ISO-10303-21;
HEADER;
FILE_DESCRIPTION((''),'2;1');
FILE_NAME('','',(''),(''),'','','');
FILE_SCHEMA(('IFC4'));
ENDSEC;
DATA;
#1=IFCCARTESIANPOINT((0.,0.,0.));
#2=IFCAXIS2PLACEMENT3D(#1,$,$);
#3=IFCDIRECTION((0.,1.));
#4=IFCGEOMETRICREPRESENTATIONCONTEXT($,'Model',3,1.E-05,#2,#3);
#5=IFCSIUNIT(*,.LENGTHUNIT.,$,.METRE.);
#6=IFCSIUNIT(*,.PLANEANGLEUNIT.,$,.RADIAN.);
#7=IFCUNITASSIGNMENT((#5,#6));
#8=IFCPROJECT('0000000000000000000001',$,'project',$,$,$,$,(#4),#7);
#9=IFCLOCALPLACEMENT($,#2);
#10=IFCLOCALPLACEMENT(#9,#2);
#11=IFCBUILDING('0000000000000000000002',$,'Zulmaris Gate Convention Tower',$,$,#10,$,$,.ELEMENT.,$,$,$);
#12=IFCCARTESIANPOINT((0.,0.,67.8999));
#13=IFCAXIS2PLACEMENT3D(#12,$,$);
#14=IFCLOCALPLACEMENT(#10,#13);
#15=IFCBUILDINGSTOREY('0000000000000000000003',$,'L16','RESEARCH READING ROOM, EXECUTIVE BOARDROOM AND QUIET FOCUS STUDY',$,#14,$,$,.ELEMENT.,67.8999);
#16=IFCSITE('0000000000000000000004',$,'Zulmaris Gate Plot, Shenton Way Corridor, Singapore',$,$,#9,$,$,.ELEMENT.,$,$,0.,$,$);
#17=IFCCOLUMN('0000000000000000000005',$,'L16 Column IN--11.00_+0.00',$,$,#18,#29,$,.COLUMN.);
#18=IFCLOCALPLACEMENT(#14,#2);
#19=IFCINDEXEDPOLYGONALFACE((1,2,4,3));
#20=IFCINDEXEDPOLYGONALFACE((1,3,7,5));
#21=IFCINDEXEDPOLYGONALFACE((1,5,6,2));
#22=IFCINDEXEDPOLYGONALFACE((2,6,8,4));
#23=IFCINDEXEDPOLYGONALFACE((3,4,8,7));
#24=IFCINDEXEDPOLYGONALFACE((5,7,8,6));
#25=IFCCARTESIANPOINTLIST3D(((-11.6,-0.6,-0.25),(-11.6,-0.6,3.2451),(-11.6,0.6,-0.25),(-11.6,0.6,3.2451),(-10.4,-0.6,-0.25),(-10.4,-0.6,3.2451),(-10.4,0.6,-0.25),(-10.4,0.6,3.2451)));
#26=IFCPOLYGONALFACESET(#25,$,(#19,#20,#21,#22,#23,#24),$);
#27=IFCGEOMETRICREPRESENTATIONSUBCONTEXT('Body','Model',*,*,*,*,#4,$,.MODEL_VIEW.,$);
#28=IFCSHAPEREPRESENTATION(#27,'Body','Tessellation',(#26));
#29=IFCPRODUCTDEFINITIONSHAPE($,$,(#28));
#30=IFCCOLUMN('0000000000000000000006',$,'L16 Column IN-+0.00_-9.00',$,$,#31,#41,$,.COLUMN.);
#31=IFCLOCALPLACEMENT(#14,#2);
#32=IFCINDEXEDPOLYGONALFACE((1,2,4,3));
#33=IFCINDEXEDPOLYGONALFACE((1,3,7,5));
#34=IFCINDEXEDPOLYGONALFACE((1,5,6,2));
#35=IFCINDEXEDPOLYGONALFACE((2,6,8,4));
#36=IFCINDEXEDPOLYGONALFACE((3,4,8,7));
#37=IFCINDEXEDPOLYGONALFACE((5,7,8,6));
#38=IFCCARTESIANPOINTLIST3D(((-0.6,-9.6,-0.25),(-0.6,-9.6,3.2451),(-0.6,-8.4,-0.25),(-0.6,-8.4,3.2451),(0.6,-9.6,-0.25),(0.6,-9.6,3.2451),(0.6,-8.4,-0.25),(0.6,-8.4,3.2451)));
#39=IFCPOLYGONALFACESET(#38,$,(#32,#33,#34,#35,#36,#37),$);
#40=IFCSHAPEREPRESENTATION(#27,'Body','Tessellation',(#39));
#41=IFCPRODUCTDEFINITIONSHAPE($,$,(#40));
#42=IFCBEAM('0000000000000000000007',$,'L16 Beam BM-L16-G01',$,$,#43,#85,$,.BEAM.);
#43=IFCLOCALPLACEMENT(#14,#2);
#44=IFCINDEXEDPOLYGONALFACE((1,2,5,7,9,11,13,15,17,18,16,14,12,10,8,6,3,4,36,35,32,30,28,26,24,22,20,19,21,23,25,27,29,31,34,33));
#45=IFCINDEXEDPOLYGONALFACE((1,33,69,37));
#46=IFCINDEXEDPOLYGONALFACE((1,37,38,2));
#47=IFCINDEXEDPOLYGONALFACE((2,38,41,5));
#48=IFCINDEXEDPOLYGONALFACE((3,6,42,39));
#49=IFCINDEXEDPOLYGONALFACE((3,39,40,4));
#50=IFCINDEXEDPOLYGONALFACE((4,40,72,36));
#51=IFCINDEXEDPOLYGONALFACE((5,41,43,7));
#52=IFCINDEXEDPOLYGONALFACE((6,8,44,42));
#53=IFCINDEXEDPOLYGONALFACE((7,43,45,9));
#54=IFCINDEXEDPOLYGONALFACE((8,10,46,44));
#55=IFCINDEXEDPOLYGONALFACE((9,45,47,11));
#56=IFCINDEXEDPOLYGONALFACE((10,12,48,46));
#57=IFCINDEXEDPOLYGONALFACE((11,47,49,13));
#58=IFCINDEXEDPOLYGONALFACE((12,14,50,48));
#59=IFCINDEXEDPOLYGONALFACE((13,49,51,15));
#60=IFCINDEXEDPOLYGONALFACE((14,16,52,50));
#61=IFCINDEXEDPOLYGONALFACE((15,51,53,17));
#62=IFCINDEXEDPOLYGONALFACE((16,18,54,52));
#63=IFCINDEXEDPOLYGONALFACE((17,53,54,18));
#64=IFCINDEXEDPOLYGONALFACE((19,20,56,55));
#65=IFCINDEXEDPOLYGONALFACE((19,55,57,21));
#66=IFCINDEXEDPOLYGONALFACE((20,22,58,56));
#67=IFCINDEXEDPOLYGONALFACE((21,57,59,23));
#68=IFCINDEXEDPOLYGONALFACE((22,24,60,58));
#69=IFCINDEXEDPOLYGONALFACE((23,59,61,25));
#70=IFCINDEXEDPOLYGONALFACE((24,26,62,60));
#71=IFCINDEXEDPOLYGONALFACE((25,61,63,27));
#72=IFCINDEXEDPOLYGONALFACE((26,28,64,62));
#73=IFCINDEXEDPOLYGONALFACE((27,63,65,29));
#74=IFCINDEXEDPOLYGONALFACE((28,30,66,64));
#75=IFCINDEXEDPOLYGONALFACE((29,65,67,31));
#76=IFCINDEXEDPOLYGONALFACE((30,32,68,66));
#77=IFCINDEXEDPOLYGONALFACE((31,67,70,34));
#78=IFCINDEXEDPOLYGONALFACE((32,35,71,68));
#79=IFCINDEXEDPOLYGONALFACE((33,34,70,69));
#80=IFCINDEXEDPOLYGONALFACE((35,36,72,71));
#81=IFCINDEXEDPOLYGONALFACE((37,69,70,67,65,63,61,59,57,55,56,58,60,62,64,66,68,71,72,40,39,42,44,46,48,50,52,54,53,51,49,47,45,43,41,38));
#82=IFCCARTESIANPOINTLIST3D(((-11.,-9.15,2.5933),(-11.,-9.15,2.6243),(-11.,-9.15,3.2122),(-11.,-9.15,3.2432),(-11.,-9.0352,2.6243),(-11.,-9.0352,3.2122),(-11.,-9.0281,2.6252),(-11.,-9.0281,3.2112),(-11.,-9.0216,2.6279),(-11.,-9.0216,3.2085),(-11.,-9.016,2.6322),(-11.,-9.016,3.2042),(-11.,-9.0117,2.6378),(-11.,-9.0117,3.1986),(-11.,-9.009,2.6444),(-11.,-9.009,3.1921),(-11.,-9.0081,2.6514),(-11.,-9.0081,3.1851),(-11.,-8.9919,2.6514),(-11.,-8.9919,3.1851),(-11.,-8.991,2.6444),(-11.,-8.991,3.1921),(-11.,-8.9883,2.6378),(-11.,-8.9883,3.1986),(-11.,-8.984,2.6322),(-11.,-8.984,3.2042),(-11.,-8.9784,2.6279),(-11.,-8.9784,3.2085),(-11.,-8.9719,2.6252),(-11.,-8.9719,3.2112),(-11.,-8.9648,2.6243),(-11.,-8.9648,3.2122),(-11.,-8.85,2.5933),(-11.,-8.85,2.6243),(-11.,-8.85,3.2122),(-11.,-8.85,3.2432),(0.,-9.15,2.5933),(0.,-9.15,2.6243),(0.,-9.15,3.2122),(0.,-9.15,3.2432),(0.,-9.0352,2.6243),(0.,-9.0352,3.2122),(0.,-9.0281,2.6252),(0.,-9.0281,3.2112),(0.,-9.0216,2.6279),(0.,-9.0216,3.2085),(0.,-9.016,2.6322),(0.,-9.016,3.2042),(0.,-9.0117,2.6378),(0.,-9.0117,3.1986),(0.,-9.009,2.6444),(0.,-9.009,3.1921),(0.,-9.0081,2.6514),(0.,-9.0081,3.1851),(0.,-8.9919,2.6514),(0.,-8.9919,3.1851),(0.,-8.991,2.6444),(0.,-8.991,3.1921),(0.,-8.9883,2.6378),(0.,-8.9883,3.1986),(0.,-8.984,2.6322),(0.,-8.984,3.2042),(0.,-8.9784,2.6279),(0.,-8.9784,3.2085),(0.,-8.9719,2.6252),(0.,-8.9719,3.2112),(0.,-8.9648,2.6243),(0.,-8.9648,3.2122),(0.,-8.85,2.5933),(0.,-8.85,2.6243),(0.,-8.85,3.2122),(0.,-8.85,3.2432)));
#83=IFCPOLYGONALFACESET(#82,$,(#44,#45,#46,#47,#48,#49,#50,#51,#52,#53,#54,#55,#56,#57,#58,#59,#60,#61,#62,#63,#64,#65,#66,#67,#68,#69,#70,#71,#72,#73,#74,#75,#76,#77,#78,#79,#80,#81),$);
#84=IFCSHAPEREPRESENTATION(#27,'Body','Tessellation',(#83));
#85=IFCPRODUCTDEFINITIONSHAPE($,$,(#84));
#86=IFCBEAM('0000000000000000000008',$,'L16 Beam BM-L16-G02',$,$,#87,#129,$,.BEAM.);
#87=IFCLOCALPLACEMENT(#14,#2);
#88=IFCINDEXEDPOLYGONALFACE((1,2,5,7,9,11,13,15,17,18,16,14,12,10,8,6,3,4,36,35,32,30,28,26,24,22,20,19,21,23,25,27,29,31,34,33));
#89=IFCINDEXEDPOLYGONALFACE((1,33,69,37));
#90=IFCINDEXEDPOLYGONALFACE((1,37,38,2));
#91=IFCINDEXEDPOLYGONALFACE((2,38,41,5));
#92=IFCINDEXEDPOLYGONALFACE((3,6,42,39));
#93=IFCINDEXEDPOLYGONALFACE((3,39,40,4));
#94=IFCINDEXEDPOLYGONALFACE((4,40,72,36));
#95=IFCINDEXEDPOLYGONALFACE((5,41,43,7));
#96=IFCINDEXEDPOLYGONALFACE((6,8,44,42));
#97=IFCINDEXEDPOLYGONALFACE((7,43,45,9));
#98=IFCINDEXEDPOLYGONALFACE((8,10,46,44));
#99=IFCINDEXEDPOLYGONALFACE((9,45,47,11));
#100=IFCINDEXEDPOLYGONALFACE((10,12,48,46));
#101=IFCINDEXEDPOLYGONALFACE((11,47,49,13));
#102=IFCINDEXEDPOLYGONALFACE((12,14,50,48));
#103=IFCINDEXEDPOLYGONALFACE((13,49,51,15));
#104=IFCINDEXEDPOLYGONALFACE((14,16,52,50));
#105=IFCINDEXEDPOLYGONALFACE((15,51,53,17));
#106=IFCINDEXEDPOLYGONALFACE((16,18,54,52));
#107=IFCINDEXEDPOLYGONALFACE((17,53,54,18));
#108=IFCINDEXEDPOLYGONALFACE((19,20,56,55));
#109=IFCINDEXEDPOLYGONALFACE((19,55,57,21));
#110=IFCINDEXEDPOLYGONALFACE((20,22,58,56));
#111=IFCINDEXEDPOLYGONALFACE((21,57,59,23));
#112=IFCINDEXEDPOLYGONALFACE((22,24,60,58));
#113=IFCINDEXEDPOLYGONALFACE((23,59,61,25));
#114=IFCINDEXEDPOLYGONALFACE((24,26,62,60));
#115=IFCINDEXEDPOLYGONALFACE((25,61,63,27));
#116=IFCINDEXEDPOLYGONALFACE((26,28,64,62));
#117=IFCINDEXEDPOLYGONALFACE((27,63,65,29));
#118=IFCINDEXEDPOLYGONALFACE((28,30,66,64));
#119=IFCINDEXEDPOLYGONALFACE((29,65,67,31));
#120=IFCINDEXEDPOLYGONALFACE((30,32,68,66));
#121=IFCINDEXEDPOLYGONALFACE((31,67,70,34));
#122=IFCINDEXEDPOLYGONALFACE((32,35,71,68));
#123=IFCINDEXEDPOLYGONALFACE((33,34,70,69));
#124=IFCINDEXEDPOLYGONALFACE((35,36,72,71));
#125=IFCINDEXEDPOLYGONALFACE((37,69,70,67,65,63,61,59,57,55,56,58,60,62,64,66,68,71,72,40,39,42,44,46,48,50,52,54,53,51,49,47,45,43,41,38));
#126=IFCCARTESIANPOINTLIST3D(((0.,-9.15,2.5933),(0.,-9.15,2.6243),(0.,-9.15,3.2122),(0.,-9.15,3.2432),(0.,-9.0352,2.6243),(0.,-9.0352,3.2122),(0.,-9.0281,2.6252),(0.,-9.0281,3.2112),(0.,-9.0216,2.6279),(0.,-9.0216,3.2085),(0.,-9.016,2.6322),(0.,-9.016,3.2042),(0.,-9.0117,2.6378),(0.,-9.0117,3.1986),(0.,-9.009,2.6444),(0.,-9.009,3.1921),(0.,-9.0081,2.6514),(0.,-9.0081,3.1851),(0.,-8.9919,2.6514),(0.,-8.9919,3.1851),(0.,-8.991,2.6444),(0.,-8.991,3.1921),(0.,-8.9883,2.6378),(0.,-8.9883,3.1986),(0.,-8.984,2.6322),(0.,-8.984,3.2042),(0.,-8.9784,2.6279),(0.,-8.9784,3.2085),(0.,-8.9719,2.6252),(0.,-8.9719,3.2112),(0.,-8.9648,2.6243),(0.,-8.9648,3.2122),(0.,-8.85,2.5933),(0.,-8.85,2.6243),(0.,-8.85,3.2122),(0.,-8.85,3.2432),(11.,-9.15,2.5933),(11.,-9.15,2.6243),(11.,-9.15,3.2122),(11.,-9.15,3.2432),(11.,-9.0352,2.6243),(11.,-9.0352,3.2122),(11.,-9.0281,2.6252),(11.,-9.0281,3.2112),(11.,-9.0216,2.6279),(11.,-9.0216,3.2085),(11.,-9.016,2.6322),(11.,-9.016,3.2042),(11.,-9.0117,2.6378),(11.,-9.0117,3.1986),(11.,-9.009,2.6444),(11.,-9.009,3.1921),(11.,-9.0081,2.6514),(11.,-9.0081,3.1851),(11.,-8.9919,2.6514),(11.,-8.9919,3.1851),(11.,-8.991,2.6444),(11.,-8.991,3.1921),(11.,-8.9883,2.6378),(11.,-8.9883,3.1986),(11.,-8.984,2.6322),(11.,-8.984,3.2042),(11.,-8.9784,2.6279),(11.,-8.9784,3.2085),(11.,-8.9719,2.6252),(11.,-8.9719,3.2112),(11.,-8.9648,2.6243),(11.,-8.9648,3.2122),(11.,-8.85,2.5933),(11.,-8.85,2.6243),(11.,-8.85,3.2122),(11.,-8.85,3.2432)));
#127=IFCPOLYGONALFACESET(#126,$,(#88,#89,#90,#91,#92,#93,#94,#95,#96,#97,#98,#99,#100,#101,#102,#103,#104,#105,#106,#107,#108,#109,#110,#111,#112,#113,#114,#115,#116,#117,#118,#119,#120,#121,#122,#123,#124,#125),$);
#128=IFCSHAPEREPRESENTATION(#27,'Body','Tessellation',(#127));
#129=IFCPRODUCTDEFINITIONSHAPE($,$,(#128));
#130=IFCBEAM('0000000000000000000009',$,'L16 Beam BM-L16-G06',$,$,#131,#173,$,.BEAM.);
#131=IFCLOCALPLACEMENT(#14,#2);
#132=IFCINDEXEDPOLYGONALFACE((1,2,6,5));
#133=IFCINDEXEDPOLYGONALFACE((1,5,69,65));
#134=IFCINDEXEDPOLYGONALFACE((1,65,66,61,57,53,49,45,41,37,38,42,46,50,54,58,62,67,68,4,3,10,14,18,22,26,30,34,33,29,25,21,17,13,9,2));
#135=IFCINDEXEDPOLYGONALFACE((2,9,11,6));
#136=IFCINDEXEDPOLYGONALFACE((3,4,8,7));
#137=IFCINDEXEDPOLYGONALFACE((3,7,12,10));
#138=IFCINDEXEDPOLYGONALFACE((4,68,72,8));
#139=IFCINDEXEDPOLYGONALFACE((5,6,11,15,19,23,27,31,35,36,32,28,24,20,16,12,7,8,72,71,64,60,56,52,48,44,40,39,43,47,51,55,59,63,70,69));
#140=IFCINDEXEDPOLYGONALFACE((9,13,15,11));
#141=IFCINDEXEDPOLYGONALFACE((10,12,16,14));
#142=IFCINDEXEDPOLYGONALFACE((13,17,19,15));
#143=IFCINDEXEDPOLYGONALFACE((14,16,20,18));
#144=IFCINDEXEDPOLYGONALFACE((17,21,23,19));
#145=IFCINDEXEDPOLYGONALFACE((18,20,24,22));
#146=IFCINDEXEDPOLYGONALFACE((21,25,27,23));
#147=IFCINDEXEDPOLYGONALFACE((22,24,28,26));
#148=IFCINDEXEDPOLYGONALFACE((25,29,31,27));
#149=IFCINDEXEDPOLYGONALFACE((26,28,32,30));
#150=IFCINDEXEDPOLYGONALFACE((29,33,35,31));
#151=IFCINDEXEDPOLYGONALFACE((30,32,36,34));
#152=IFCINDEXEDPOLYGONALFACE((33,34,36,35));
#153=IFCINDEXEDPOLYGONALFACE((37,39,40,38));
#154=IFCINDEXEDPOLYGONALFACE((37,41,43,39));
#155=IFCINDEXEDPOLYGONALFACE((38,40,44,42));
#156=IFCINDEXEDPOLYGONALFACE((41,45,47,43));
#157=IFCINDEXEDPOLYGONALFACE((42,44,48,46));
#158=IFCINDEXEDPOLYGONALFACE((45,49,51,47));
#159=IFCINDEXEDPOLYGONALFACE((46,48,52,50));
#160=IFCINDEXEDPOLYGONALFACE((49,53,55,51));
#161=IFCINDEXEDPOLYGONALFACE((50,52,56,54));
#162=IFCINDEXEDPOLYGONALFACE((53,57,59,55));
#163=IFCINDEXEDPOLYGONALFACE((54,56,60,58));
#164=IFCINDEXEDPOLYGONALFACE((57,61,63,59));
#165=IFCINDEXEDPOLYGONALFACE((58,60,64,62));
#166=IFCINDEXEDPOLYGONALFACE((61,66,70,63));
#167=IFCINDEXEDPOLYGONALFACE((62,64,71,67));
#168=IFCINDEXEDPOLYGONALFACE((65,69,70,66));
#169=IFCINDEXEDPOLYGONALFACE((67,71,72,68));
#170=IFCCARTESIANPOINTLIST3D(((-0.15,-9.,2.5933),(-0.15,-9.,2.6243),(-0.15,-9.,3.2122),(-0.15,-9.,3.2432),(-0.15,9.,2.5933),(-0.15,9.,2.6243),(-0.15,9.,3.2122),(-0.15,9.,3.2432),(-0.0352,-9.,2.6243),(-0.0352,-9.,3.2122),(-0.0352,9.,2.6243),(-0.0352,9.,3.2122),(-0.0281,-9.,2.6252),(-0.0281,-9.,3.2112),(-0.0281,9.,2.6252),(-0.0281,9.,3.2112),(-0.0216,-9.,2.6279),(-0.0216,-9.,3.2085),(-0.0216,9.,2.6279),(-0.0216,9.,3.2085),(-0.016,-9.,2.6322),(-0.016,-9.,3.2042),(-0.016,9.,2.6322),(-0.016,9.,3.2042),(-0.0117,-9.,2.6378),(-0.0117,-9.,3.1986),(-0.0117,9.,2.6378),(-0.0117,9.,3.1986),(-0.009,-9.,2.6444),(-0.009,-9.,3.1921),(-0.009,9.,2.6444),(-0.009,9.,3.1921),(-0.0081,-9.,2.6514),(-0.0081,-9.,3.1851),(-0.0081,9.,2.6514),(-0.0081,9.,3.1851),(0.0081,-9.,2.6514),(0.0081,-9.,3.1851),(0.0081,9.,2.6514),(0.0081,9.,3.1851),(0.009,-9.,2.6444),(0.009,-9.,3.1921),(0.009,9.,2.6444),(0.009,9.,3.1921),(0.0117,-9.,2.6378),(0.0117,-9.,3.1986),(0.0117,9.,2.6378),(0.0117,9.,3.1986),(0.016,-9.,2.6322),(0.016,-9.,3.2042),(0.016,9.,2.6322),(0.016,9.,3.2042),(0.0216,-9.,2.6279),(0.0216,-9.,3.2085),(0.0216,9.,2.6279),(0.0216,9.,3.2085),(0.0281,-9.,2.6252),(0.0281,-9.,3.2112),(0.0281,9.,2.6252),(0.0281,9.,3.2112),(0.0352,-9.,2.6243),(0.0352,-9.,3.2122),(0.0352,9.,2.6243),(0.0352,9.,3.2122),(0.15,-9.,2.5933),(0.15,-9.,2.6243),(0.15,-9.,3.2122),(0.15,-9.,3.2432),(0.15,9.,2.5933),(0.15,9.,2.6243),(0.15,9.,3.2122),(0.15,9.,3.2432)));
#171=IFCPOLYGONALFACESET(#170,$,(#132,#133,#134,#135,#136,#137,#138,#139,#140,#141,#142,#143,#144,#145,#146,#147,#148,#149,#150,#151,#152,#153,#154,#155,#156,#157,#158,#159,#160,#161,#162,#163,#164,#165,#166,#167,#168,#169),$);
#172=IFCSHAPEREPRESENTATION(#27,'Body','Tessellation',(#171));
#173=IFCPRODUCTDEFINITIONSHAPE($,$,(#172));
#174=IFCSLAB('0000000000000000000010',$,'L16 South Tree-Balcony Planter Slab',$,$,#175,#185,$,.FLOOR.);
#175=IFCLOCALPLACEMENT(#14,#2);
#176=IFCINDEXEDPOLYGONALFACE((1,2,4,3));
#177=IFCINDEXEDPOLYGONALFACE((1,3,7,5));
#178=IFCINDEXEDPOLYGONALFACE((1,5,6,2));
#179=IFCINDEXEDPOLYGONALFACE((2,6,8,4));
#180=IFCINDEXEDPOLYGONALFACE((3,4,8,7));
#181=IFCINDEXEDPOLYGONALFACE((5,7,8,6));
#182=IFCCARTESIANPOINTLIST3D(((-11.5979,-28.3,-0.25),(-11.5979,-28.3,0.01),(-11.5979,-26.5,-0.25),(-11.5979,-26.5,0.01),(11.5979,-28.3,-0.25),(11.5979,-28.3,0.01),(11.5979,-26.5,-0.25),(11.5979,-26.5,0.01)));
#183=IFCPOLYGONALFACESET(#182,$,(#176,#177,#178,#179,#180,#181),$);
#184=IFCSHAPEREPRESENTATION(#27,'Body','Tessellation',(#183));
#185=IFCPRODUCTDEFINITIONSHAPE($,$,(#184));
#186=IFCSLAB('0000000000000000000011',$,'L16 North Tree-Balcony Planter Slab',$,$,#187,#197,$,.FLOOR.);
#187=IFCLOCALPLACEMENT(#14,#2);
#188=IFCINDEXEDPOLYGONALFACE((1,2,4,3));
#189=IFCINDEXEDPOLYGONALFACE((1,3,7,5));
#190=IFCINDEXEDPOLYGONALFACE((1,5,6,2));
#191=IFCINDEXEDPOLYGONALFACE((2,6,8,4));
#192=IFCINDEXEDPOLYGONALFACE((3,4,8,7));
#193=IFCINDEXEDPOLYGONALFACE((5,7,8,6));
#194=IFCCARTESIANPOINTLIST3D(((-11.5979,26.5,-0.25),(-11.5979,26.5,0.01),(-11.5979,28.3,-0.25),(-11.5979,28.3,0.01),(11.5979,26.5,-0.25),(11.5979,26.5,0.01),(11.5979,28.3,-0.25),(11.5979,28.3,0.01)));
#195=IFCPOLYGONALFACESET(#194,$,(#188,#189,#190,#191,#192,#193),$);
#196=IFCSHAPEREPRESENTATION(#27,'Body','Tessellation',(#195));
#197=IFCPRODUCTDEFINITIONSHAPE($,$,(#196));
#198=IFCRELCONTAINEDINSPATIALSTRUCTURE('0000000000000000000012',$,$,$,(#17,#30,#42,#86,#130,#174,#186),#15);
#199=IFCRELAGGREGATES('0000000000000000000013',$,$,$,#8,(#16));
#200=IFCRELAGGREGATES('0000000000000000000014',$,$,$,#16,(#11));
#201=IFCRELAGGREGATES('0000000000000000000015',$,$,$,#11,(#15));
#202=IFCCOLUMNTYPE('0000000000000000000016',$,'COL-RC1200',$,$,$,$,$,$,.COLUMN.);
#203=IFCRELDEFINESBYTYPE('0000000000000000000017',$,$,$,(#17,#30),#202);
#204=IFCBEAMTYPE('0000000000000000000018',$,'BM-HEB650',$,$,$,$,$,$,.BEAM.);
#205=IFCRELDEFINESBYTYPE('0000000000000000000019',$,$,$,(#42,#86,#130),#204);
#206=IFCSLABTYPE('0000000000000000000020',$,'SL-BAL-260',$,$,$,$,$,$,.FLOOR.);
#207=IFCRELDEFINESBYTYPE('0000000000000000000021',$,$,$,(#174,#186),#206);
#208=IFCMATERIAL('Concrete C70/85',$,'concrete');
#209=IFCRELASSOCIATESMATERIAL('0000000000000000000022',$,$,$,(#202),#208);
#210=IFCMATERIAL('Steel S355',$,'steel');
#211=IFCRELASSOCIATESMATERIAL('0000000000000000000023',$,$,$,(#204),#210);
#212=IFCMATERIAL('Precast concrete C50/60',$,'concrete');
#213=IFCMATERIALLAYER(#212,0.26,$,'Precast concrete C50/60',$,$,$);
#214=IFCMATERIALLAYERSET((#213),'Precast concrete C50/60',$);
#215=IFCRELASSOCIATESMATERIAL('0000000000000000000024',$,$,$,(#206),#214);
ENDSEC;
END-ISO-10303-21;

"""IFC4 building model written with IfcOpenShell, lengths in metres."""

from ifc_helpers import new_model, si_unit, direction, frame, origin, origin_2d, place, context, subcontext, project, spatial, polyline, rectangle, i_section, outline, extrude, material, layer, layer_set, material_profile, profile_set, type_object, element, save


model = new_model("IFC4")

# Units and contexts
model_context = context("Model", 3, precision=1e-05, world=origin(), true_north=direction((0.0, 1.0)))
body_context = subcontext(model_context, "Body", "Model", "MODEL_VIEW")
ifc_project = project(units=[si_unit("LENGTHUNIT", "METRE"), si_unit("PLANEANGLEUNIT", "RADIAN")], contexts=[model_context])

# Site, building, storey
site_placement = place(None, origin())
site = spatial("IfcSite", under=ifc_project, at=site_placement, Name="Zulmaris Gate Plot, Shenton Way Corridor, Singapore", CompositionType="ELEMENT", RefElevation=0.0)
building_placement = place(site_placement, origin())
building = spatial("IfcBuilding", under=site, at=building_placement, Name="Zulmaris Gate Convention Tower", CompositionType="ELEMENT")
storey_placement = place(building_placement, frame((0.0, 0.0, 67.8999)))
storey = spatial("IfcBuildingStorey", under=building, at=storey_placement, Name="L16", Description="RESEARCH READING ROOM, EXECUTIVE BOARDROOM AND QUIET FOCUS STUDY", CompositionType="ELEMENT", Elevation=67.8999)

# Columns
ifc_material_1 = material(Name="Concrete C70/85", Category="concrete")
ifc_material_profile_1 = material_profile(ifc_material_1, rectangle(XDim=1.2, YDim=1.2, at=origin_2d()), Name="RC COL 1200x1200")
ifc_profile_set_1 = profile_set([ifc_material_profile_1], Name="Concrete C70/85")
column_type = type_object("IfcColumnType", Name="COL-RC1200", PredefinedType="COLUMN", material=ifc_profile_set_1)
for number, where, z_axis, x_axis, name in (
    (1, (-11.0, 0.0, -0.25), (0.0, 0.0, 1.0), (1.0, 0.0, 0.0), "L16 Column IN--11.00_+0.00"),
    (2, (0.0, -9.0, -0.25), (0.0, 0.0, 1.0), (1.0, 0.0, 0.0), "L16 Column IN-+0.00_-9.00"),
):
    element("IfcColumn", number, at=place(storey_placement, frame(where, z_axis=z_axis, x_axis=x_axis)), inside=storey, type_object=column_type, Name=name, PredefinedType="COLUMN", context=body_context, shape_type="SweptSolid", body=[
        extrude(rectangle(XDim=1.2, YDim=1.2, at=origin_2d()), origin(), (0.0, 0.0, 1.0), 3.4951),
    ])

# Beams
ifc_material_2 = material(Name="Steel S355", Category="steel")
ifc_material_profile_2 = material_profile(ifc_material_2, i_section(OverallWidth=0.3, OverallDepth=0.6499, WebThickness=0.0161, FlangeThickness=0.031, FilletRadius=0.0271, at=origin_2d()), Name="HEB 650")
ifc_profile_set_2 = profile_set([ifc_material_profile_2], Name="Steel S355")
beam_type = type_object("IfcBeamType", Name="BM-HEB650", PredefinedType="BEAM", material=ifc_profile_set_2)
for number, where, z_axis, x_axis, name in (
    (3, (-11.0, -9.0, 2.9182), (1.0, 0.0, 0.0), (0.0, 1.0, 0.0), "L16 Beam BM-L16-G01"),
    (4, (0.0, -9.0, 2.9182), (1.0, 0.0, 0.0), (0.0, 1.0, 0.0), "L16 Beam BM-L16-G02"),
):
    element("IfcBeam", number, at=place(storey_placement, frame(where, z_axis=z_axis, x_axis=x_axis)), inside=storey, type_object=beam_type, Name=name, PredefinedType="BEAM", context=body_context, shape_type="SweptSolid", body=[
        extrude(i_section(OverallWidth=0.3, OverallDepth=0.6499, WebThickness=0.0161, FlangeThickness=0.031, FilletRadius=0.0271, at=origin_2d()), origin(), (0.0, 0.0, 1.0), 11.0),
    ])
beam_placement = place(storey_placement, frame((0.0, -9.0, 2.9182), z_axis=(0.0, 1.0, 0.0), x_axis=(-1.0, 0.0, 0.0)))
element("IfcBeam", 5, at=beam_placement, inside=storey, type_object=beam_type, Name="L16 Beam BM-L16-G06", PredefinedType="BEAM", context=body_context, shape_type="SweptSolid", body=[
    extrude(i_section(OverallWidth=0.3, OverallDepth=0.6499, WebThickness=0.0161, FlangeThickness=0.031, FilletRadius=0.0271, at=origin_2d()), origin(), (0.0, 0.0, 1.0), 18.0),
])

# Slabs
ifc_material_3 = material(Name="Precast concrete C50/60", Category="concrete")
ifc_layer_1 = layer(ifc_material_3, 0.26, Name="Precast concrete C50/60")
ifc_layer_set_1 = layer_set([ifc_layer_1], Name="Precast concrete C50/60")
slab_type_1 = type_object("IfcSlabType", Name="SL-BAL-260", PredefinedType="FLOOR", material=ifc_layer_set_1)
slab_1_placement = place(storey_placement, frame((0.0, 0.0, -0.25)))
element("IfcSlab", 6, at=slab_1_placement, inside=storey, type_object=slab_type_1, Name="L16 South Tree-Balcony Planter Slab", PredefinedType="FLOOR", context=body_context, shape_type="SweptSolid", body=[
    extrude(outline(polyline([(-11.5979, -28.3), (-11.5979, -26.5), (11.5979, -26.5), (11.5979, -28.3), (-11.5979, -28.3)])), origin(), (0.0, 0.0, 1.0), 0.26),
])
slab_2_placement = place(storey_placement, frame((0.0, 0.0, -0.25)))
element("IfcSlab", 7, at=slab_2_placement, inside=storey, type_object=slab_type_1, Name="L16 North Tree-Balcony Planter Slab", PredefinedType="FLOOR", context=body_context, shape_type="SweptSolid", body=[
    extrude(outline(polyline([(11.5979, 28.3), (11.5979, 26.5), (-11.5979, 26.5), (-11.5979, 28.3), (11.5979, 28.3)])), origin(), (0.0, 0.0, 1.0), 0.26),
])

save(model, "model.ifc")
